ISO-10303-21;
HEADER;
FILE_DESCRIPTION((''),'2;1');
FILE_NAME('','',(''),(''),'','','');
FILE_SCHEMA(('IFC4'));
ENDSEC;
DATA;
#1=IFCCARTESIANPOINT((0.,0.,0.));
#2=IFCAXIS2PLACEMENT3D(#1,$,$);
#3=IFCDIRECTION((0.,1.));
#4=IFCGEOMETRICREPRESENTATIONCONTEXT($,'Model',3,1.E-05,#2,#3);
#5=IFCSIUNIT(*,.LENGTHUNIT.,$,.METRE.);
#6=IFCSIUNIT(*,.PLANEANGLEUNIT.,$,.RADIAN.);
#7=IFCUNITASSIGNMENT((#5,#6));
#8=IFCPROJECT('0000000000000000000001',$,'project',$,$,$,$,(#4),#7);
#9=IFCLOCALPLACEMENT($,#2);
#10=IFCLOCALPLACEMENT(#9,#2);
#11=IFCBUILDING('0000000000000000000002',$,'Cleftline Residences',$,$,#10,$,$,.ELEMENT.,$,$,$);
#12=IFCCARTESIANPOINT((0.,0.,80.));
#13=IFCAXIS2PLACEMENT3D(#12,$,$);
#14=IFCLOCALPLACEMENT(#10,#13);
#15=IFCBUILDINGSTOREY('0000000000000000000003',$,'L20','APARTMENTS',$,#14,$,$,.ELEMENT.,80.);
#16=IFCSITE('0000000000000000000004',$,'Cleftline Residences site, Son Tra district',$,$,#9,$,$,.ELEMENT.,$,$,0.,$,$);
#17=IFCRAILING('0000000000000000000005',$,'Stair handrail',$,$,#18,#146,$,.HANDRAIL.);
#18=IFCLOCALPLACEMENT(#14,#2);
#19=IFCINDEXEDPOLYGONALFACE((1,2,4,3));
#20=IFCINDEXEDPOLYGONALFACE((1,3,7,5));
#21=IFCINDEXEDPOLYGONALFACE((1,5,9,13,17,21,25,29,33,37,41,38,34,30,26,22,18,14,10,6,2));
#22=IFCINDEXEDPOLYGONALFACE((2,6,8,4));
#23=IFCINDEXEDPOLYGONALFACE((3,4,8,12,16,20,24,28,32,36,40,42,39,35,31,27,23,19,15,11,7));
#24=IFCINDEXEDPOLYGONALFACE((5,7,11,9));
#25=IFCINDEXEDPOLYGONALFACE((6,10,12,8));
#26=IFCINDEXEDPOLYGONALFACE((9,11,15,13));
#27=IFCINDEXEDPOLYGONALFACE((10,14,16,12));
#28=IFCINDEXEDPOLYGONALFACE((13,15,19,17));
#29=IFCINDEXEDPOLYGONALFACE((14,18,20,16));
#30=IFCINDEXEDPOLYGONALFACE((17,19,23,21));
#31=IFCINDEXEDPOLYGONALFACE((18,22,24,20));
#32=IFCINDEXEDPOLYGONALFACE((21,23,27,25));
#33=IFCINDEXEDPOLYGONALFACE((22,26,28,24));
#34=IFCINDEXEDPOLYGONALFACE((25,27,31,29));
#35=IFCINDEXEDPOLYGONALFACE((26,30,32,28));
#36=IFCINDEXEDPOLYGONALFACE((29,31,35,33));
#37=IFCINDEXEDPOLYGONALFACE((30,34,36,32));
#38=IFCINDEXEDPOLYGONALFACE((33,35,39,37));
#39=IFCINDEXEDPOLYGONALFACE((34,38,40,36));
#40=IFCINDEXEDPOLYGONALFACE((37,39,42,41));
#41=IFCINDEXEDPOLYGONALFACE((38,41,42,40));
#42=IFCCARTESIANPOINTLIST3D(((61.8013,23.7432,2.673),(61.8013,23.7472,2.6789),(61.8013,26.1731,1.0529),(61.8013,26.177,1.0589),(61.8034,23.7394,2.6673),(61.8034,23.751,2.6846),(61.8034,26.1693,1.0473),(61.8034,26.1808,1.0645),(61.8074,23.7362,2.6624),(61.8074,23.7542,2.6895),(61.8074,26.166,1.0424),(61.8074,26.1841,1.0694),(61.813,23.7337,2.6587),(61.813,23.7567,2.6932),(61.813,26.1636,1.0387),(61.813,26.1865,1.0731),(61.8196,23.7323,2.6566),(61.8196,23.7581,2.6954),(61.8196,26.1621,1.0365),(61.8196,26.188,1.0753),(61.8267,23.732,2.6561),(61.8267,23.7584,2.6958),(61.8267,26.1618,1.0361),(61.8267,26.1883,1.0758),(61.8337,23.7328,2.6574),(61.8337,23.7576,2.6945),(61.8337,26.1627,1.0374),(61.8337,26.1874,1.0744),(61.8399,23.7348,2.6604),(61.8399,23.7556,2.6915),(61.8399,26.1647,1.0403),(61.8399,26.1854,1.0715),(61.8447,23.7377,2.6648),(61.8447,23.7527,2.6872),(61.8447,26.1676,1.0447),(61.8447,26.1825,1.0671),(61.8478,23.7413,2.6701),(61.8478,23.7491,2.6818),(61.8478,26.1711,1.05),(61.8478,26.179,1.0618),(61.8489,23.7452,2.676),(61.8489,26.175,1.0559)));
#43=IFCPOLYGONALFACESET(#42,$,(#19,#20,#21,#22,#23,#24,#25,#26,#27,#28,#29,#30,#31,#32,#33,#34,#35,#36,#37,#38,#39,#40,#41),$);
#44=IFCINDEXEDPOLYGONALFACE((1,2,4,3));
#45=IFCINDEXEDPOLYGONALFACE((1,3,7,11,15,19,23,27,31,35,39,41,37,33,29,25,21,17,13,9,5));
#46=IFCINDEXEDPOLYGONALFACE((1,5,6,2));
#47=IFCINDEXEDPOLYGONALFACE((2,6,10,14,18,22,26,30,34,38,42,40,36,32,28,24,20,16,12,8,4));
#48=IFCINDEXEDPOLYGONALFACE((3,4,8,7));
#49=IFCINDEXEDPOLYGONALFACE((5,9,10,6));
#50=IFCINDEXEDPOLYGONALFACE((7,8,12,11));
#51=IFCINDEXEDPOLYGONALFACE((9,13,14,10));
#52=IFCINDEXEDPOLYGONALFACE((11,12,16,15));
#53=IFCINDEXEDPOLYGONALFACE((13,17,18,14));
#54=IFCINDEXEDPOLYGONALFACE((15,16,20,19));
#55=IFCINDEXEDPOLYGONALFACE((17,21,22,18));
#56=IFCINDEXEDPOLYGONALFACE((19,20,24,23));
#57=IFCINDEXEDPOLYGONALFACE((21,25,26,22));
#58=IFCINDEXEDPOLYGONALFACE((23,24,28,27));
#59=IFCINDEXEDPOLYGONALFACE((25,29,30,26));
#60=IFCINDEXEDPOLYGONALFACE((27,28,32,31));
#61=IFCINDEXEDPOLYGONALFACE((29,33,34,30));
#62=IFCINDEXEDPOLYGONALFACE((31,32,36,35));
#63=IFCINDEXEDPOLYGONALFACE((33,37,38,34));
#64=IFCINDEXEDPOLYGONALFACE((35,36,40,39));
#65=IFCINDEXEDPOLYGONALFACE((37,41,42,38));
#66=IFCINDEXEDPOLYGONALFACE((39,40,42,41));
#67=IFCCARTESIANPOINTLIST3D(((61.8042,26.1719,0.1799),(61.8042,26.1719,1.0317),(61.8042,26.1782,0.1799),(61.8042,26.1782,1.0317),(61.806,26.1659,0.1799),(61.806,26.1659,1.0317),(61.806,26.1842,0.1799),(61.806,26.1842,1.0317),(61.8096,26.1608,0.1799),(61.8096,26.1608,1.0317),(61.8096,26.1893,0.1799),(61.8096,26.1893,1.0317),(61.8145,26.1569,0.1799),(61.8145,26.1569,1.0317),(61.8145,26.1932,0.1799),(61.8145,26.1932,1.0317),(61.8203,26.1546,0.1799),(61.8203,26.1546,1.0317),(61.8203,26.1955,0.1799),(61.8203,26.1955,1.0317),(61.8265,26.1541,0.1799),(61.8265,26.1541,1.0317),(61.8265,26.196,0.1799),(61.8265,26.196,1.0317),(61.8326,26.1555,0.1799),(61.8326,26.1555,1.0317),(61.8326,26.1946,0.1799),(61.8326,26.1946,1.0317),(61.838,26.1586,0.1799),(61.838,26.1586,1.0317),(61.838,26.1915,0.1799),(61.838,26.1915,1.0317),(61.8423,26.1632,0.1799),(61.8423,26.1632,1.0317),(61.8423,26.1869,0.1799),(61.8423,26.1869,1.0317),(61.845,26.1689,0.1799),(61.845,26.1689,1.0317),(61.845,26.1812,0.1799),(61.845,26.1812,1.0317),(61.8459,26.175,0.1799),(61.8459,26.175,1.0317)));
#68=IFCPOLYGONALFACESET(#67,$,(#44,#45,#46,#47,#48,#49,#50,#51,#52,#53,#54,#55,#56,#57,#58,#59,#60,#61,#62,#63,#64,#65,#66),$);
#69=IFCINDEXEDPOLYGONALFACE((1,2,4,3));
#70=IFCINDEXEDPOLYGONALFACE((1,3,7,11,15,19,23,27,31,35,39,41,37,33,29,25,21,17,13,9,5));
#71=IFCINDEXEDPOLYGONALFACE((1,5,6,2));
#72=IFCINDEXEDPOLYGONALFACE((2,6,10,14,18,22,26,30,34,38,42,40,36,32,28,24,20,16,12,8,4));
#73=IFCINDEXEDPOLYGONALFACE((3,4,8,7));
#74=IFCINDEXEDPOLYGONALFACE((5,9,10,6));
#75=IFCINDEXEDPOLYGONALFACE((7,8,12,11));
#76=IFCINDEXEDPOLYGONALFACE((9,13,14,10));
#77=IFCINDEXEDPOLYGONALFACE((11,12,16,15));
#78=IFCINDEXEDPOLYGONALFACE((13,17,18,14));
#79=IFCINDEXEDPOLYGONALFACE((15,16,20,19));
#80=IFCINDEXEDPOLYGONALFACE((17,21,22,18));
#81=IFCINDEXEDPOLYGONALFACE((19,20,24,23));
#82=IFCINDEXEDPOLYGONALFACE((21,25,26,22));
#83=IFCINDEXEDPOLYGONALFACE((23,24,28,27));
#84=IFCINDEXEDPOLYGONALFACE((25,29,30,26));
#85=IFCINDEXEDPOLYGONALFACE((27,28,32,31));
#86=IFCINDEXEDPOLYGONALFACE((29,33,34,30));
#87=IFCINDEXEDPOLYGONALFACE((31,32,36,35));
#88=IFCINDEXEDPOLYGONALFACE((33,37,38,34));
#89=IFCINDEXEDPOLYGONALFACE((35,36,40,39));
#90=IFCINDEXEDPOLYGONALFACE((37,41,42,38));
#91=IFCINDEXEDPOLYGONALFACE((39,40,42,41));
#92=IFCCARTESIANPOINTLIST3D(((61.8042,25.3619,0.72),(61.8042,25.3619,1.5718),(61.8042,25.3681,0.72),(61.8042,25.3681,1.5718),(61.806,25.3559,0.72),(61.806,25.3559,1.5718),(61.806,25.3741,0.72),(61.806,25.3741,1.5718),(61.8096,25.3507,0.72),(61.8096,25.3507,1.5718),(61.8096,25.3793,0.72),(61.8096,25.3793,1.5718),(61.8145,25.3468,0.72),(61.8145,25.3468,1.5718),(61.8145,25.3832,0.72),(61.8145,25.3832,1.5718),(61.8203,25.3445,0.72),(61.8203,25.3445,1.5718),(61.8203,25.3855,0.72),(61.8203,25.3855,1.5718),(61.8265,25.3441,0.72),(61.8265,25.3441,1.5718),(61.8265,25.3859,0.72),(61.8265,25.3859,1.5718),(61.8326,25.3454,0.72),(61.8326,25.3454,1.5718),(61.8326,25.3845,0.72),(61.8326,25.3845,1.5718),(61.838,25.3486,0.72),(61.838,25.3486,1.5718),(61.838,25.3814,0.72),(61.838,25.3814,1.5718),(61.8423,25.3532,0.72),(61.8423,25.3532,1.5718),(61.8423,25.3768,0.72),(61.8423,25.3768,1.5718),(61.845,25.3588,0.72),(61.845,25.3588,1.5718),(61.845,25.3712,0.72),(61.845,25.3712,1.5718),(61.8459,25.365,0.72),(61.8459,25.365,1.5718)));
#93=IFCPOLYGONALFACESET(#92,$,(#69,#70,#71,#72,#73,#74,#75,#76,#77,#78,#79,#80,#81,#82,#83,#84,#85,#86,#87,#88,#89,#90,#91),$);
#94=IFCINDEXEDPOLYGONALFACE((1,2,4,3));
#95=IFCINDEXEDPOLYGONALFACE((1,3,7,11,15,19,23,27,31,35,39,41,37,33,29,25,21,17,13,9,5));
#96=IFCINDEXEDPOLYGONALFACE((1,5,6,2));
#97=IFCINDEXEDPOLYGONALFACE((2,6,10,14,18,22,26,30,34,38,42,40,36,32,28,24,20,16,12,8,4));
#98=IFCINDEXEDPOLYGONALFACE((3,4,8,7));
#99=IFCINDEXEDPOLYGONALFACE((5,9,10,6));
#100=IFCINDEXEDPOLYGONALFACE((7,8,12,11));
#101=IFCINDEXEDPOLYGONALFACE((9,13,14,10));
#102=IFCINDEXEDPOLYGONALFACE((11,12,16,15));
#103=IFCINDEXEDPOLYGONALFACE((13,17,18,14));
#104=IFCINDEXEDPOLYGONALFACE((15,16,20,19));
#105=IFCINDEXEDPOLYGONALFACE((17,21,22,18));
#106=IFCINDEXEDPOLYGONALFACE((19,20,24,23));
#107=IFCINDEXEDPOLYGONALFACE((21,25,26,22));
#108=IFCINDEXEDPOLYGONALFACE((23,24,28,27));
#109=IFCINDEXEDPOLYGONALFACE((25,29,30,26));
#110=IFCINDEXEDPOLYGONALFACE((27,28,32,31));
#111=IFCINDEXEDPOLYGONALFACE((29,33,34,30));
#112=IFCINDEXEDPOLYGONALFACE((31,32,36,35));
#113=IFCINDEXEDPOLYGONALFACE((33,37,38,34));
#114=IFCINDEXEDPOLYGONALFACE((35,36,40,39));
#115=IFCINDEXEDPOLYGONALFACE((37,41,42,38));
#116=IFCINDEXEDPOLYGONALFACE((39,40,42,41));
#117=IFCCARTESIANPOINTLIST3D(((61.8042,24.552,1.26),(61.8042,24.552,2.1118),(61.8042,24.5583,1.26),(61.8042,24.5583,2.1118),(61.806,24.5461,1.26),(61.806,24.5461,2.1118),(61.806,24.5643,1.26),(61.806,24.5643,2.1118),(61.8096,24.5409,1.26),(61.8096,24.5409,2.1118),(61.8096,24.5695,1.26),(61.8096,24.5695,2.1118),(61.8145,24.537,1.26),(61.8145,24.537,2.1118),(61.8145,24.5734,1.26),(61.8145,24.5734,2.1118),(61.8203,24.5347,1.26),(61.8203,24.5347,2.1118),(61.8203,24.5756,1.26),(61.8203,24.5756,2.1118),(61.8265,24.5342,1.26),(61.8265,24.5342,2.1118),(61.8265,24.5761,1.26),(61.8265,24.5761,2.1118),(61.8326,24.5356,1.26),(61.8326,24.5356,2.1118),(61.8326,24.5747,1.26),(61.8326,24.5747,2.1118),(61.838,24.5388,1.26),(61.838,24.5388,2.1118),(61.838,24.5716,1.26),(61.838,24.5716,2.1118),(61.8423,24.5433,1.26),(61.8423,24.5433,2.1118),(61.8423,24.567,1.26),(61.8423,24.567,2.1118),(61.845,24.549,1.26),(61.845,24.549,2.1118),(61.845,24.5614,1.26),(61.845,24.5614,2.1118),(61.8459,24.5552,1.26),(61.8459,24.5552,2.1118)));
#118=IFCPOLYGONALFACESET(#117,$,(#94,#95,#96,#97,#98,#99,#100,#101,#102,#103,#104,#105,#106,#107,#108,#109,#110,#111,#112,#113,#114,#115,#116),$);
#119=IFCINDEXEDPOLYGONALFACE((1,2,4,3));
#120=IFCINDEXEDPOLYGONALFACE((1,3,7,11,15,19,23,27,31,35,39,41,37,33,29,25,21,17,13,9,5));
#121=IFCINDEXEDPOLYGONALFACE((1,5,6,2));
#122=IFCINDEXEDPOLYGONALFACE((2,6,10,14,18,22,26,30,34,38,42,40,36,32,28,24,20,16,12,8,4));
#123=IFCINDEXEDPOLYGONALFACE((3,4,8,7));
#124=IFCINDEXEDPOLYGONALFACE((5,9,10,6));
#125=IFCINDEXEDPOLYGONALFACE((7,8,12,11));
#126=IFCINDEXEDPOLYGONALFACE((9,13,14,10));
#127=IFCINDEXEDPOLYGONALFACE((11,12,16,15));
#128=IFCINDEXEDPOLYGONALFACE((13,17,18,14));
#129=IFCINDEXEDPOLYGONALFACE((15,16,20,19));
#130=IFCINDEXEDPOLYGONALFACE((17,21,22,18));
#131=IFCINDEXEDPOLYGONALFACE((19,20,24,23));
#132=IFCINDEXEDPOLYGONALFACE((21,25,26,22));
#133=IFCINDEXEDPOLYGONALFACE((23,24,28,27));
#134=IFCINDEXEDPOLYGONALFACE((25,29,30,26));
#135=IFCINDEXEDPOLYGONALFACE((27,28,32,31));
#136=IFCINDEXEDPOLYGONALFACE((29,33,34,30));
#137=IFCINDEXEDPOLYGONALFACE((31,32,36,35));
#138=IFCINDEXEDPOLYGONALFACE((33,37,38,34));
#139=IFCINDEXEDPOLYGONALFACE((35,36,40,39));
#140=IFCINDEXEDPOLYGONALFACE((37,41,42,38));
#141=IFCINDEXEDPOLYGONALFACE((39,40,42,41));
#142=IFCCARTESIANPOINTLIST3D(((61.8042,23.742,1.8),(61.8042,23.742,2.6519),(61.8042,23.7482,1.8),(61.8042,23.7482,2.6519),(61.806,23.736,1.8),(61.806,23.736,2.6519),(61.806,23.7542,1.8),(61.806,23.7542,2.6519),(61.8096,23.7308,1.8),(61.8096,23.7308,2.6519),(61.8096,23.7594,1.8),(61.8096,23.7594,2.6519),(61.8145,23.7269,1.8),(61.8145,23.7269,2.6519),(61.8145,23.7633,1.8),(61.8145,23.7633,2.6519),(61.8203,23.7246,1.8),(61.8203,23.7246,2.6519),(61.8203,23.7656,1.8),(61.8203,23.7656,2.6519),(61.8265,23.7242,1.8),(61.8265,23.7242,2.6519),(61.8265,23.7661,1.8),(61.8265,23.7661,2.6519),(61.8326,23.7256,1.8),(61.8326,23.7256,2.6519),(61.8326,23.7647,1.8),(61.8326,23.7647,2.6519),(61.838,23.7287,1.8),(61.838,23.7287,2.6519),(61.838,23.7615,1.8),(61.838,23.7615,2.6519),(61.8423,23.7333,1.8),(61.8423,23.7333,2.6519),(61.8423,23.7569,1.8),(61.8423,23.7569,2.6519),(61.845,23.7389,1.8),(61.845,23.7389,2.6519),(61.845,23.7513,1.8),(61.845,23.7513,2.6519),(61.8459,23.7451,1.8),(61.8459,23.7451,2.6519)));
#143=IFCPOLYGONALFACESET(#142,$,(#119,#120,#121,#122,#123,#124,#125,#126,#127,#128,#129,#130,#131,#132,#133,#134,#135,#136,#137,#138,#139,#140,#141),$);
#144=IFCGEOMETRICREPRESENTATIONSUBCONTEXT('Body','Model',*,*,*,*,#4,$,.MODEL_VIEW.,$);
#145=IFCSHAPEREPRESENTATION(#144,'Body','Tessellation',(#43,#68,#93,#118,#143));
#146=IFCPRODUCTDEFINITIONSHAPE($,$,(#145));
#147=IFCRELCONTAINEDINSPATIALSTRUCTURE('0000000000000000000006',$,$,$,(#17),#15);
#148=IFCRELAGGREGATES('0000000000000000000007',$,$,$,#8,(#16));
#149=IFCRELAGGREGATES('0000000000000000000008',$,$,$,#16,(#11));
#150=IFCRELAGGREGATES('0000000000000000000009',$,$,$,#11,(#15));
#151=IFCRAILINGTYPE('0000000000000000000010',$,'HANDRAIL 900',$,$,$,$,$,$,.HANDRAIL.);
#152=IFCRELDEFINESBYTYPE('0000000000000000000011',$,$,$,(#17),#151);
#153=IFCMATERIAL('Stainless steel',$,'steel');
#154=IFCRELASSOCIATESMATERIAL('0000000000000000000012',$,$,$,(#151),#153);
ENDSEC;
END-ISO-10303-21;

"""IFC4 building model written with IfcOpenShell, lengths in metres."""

from ifc_helpers import new_model, si_unit, direction, frame, origin, origin_2d, place, context, subcontext, project, spatial, circle, extrude, material, type_object, element, save


model = new_model("IFC4")

# Units and contexts
model_context = context("Model", 3, precision=1e-05, world=origin(), true_north=direction((0.0, 1.0)))
body_context = subcontext(model_context, "Body", "Model", "MODEL_VIEW")
ifc_project = project(units=[si_unit("LENGTHUNIT", "METRE"), si_unit("PLANEANGLEUNIT", "RADIAN")], contexts=[model_context])

# Site, building, storey
site_placement = place(None, origin())
site = spatial("IfcSite", under=ifc_project, at=site_placement, Name="Cleftline Residences site, Son Tra district", CompositionType="ELEMENT", RefElevation=0.0)
building_placement = place(site_placement, origin())
building = spatial("IfcBuilding", under=site, at=building_placement, Name="Cleftline Residences", CompositionType="ELEMENT")
storey_placement = place(building_placement, frame((0.0, 0.0, 80.0)))
storey = spatial("IfcBuildingStorey", under=building, at=storey_placement, Name="L20", Description="APARTMENTS", CompositionType="ELEMENT", Elevation=80.0)

# Railing
ifc_material_1 = material(Name="Stainless steel", Category="steel")
railing_type = type_object("IfcRailingType", Name="HANDRAIL 900", PredefinedType="HANDRAIL", material=ifc_material_1)
railing_placement = place(storey_placement, frame((61.825, 26.175, 0.1799)))
element("IfcRailing", 1, at=railing_placement, inside=storey, type_object=railing_type, Name="Stair handrail", PredefinedType="HANDRAIL", context=body_context, shape_type="SweptSolid", body=[
    extrude(circle(Radius=0.0239, at=origin_2d()), frame((0.0, 0.0, 0.876), z_axis=(0.0, -0.832025, 0.554739), x_axis=(1.0, 0.0, 0.0)), (0.0, 0.0, 1.0), 2.9204),
    extrude(circle(Radius=0.021, at=origin_2d()), origin(), (0.0, 0.0, 1.0), 0.8518),
    extrude(circle(Radius=0.021, at=origin_2d()), frame((0.0, -0.8101, 0.54)), (0.0, 0.0, 1.0), 0.8518),
    extrude(circle(Radius=0.021, at=origin_2d()), frame((0.0, -1.6199, 1.0801)), (0.0, 0.0, 1.0), 0.8518),
    extrude(circle(Radius=0.021, at=origin_2d()), frame((0.0, -2.4299, 1.6201)), (0.0, 0.0, 1.0), 0.8518),
])

save(model, "model.ifc")
